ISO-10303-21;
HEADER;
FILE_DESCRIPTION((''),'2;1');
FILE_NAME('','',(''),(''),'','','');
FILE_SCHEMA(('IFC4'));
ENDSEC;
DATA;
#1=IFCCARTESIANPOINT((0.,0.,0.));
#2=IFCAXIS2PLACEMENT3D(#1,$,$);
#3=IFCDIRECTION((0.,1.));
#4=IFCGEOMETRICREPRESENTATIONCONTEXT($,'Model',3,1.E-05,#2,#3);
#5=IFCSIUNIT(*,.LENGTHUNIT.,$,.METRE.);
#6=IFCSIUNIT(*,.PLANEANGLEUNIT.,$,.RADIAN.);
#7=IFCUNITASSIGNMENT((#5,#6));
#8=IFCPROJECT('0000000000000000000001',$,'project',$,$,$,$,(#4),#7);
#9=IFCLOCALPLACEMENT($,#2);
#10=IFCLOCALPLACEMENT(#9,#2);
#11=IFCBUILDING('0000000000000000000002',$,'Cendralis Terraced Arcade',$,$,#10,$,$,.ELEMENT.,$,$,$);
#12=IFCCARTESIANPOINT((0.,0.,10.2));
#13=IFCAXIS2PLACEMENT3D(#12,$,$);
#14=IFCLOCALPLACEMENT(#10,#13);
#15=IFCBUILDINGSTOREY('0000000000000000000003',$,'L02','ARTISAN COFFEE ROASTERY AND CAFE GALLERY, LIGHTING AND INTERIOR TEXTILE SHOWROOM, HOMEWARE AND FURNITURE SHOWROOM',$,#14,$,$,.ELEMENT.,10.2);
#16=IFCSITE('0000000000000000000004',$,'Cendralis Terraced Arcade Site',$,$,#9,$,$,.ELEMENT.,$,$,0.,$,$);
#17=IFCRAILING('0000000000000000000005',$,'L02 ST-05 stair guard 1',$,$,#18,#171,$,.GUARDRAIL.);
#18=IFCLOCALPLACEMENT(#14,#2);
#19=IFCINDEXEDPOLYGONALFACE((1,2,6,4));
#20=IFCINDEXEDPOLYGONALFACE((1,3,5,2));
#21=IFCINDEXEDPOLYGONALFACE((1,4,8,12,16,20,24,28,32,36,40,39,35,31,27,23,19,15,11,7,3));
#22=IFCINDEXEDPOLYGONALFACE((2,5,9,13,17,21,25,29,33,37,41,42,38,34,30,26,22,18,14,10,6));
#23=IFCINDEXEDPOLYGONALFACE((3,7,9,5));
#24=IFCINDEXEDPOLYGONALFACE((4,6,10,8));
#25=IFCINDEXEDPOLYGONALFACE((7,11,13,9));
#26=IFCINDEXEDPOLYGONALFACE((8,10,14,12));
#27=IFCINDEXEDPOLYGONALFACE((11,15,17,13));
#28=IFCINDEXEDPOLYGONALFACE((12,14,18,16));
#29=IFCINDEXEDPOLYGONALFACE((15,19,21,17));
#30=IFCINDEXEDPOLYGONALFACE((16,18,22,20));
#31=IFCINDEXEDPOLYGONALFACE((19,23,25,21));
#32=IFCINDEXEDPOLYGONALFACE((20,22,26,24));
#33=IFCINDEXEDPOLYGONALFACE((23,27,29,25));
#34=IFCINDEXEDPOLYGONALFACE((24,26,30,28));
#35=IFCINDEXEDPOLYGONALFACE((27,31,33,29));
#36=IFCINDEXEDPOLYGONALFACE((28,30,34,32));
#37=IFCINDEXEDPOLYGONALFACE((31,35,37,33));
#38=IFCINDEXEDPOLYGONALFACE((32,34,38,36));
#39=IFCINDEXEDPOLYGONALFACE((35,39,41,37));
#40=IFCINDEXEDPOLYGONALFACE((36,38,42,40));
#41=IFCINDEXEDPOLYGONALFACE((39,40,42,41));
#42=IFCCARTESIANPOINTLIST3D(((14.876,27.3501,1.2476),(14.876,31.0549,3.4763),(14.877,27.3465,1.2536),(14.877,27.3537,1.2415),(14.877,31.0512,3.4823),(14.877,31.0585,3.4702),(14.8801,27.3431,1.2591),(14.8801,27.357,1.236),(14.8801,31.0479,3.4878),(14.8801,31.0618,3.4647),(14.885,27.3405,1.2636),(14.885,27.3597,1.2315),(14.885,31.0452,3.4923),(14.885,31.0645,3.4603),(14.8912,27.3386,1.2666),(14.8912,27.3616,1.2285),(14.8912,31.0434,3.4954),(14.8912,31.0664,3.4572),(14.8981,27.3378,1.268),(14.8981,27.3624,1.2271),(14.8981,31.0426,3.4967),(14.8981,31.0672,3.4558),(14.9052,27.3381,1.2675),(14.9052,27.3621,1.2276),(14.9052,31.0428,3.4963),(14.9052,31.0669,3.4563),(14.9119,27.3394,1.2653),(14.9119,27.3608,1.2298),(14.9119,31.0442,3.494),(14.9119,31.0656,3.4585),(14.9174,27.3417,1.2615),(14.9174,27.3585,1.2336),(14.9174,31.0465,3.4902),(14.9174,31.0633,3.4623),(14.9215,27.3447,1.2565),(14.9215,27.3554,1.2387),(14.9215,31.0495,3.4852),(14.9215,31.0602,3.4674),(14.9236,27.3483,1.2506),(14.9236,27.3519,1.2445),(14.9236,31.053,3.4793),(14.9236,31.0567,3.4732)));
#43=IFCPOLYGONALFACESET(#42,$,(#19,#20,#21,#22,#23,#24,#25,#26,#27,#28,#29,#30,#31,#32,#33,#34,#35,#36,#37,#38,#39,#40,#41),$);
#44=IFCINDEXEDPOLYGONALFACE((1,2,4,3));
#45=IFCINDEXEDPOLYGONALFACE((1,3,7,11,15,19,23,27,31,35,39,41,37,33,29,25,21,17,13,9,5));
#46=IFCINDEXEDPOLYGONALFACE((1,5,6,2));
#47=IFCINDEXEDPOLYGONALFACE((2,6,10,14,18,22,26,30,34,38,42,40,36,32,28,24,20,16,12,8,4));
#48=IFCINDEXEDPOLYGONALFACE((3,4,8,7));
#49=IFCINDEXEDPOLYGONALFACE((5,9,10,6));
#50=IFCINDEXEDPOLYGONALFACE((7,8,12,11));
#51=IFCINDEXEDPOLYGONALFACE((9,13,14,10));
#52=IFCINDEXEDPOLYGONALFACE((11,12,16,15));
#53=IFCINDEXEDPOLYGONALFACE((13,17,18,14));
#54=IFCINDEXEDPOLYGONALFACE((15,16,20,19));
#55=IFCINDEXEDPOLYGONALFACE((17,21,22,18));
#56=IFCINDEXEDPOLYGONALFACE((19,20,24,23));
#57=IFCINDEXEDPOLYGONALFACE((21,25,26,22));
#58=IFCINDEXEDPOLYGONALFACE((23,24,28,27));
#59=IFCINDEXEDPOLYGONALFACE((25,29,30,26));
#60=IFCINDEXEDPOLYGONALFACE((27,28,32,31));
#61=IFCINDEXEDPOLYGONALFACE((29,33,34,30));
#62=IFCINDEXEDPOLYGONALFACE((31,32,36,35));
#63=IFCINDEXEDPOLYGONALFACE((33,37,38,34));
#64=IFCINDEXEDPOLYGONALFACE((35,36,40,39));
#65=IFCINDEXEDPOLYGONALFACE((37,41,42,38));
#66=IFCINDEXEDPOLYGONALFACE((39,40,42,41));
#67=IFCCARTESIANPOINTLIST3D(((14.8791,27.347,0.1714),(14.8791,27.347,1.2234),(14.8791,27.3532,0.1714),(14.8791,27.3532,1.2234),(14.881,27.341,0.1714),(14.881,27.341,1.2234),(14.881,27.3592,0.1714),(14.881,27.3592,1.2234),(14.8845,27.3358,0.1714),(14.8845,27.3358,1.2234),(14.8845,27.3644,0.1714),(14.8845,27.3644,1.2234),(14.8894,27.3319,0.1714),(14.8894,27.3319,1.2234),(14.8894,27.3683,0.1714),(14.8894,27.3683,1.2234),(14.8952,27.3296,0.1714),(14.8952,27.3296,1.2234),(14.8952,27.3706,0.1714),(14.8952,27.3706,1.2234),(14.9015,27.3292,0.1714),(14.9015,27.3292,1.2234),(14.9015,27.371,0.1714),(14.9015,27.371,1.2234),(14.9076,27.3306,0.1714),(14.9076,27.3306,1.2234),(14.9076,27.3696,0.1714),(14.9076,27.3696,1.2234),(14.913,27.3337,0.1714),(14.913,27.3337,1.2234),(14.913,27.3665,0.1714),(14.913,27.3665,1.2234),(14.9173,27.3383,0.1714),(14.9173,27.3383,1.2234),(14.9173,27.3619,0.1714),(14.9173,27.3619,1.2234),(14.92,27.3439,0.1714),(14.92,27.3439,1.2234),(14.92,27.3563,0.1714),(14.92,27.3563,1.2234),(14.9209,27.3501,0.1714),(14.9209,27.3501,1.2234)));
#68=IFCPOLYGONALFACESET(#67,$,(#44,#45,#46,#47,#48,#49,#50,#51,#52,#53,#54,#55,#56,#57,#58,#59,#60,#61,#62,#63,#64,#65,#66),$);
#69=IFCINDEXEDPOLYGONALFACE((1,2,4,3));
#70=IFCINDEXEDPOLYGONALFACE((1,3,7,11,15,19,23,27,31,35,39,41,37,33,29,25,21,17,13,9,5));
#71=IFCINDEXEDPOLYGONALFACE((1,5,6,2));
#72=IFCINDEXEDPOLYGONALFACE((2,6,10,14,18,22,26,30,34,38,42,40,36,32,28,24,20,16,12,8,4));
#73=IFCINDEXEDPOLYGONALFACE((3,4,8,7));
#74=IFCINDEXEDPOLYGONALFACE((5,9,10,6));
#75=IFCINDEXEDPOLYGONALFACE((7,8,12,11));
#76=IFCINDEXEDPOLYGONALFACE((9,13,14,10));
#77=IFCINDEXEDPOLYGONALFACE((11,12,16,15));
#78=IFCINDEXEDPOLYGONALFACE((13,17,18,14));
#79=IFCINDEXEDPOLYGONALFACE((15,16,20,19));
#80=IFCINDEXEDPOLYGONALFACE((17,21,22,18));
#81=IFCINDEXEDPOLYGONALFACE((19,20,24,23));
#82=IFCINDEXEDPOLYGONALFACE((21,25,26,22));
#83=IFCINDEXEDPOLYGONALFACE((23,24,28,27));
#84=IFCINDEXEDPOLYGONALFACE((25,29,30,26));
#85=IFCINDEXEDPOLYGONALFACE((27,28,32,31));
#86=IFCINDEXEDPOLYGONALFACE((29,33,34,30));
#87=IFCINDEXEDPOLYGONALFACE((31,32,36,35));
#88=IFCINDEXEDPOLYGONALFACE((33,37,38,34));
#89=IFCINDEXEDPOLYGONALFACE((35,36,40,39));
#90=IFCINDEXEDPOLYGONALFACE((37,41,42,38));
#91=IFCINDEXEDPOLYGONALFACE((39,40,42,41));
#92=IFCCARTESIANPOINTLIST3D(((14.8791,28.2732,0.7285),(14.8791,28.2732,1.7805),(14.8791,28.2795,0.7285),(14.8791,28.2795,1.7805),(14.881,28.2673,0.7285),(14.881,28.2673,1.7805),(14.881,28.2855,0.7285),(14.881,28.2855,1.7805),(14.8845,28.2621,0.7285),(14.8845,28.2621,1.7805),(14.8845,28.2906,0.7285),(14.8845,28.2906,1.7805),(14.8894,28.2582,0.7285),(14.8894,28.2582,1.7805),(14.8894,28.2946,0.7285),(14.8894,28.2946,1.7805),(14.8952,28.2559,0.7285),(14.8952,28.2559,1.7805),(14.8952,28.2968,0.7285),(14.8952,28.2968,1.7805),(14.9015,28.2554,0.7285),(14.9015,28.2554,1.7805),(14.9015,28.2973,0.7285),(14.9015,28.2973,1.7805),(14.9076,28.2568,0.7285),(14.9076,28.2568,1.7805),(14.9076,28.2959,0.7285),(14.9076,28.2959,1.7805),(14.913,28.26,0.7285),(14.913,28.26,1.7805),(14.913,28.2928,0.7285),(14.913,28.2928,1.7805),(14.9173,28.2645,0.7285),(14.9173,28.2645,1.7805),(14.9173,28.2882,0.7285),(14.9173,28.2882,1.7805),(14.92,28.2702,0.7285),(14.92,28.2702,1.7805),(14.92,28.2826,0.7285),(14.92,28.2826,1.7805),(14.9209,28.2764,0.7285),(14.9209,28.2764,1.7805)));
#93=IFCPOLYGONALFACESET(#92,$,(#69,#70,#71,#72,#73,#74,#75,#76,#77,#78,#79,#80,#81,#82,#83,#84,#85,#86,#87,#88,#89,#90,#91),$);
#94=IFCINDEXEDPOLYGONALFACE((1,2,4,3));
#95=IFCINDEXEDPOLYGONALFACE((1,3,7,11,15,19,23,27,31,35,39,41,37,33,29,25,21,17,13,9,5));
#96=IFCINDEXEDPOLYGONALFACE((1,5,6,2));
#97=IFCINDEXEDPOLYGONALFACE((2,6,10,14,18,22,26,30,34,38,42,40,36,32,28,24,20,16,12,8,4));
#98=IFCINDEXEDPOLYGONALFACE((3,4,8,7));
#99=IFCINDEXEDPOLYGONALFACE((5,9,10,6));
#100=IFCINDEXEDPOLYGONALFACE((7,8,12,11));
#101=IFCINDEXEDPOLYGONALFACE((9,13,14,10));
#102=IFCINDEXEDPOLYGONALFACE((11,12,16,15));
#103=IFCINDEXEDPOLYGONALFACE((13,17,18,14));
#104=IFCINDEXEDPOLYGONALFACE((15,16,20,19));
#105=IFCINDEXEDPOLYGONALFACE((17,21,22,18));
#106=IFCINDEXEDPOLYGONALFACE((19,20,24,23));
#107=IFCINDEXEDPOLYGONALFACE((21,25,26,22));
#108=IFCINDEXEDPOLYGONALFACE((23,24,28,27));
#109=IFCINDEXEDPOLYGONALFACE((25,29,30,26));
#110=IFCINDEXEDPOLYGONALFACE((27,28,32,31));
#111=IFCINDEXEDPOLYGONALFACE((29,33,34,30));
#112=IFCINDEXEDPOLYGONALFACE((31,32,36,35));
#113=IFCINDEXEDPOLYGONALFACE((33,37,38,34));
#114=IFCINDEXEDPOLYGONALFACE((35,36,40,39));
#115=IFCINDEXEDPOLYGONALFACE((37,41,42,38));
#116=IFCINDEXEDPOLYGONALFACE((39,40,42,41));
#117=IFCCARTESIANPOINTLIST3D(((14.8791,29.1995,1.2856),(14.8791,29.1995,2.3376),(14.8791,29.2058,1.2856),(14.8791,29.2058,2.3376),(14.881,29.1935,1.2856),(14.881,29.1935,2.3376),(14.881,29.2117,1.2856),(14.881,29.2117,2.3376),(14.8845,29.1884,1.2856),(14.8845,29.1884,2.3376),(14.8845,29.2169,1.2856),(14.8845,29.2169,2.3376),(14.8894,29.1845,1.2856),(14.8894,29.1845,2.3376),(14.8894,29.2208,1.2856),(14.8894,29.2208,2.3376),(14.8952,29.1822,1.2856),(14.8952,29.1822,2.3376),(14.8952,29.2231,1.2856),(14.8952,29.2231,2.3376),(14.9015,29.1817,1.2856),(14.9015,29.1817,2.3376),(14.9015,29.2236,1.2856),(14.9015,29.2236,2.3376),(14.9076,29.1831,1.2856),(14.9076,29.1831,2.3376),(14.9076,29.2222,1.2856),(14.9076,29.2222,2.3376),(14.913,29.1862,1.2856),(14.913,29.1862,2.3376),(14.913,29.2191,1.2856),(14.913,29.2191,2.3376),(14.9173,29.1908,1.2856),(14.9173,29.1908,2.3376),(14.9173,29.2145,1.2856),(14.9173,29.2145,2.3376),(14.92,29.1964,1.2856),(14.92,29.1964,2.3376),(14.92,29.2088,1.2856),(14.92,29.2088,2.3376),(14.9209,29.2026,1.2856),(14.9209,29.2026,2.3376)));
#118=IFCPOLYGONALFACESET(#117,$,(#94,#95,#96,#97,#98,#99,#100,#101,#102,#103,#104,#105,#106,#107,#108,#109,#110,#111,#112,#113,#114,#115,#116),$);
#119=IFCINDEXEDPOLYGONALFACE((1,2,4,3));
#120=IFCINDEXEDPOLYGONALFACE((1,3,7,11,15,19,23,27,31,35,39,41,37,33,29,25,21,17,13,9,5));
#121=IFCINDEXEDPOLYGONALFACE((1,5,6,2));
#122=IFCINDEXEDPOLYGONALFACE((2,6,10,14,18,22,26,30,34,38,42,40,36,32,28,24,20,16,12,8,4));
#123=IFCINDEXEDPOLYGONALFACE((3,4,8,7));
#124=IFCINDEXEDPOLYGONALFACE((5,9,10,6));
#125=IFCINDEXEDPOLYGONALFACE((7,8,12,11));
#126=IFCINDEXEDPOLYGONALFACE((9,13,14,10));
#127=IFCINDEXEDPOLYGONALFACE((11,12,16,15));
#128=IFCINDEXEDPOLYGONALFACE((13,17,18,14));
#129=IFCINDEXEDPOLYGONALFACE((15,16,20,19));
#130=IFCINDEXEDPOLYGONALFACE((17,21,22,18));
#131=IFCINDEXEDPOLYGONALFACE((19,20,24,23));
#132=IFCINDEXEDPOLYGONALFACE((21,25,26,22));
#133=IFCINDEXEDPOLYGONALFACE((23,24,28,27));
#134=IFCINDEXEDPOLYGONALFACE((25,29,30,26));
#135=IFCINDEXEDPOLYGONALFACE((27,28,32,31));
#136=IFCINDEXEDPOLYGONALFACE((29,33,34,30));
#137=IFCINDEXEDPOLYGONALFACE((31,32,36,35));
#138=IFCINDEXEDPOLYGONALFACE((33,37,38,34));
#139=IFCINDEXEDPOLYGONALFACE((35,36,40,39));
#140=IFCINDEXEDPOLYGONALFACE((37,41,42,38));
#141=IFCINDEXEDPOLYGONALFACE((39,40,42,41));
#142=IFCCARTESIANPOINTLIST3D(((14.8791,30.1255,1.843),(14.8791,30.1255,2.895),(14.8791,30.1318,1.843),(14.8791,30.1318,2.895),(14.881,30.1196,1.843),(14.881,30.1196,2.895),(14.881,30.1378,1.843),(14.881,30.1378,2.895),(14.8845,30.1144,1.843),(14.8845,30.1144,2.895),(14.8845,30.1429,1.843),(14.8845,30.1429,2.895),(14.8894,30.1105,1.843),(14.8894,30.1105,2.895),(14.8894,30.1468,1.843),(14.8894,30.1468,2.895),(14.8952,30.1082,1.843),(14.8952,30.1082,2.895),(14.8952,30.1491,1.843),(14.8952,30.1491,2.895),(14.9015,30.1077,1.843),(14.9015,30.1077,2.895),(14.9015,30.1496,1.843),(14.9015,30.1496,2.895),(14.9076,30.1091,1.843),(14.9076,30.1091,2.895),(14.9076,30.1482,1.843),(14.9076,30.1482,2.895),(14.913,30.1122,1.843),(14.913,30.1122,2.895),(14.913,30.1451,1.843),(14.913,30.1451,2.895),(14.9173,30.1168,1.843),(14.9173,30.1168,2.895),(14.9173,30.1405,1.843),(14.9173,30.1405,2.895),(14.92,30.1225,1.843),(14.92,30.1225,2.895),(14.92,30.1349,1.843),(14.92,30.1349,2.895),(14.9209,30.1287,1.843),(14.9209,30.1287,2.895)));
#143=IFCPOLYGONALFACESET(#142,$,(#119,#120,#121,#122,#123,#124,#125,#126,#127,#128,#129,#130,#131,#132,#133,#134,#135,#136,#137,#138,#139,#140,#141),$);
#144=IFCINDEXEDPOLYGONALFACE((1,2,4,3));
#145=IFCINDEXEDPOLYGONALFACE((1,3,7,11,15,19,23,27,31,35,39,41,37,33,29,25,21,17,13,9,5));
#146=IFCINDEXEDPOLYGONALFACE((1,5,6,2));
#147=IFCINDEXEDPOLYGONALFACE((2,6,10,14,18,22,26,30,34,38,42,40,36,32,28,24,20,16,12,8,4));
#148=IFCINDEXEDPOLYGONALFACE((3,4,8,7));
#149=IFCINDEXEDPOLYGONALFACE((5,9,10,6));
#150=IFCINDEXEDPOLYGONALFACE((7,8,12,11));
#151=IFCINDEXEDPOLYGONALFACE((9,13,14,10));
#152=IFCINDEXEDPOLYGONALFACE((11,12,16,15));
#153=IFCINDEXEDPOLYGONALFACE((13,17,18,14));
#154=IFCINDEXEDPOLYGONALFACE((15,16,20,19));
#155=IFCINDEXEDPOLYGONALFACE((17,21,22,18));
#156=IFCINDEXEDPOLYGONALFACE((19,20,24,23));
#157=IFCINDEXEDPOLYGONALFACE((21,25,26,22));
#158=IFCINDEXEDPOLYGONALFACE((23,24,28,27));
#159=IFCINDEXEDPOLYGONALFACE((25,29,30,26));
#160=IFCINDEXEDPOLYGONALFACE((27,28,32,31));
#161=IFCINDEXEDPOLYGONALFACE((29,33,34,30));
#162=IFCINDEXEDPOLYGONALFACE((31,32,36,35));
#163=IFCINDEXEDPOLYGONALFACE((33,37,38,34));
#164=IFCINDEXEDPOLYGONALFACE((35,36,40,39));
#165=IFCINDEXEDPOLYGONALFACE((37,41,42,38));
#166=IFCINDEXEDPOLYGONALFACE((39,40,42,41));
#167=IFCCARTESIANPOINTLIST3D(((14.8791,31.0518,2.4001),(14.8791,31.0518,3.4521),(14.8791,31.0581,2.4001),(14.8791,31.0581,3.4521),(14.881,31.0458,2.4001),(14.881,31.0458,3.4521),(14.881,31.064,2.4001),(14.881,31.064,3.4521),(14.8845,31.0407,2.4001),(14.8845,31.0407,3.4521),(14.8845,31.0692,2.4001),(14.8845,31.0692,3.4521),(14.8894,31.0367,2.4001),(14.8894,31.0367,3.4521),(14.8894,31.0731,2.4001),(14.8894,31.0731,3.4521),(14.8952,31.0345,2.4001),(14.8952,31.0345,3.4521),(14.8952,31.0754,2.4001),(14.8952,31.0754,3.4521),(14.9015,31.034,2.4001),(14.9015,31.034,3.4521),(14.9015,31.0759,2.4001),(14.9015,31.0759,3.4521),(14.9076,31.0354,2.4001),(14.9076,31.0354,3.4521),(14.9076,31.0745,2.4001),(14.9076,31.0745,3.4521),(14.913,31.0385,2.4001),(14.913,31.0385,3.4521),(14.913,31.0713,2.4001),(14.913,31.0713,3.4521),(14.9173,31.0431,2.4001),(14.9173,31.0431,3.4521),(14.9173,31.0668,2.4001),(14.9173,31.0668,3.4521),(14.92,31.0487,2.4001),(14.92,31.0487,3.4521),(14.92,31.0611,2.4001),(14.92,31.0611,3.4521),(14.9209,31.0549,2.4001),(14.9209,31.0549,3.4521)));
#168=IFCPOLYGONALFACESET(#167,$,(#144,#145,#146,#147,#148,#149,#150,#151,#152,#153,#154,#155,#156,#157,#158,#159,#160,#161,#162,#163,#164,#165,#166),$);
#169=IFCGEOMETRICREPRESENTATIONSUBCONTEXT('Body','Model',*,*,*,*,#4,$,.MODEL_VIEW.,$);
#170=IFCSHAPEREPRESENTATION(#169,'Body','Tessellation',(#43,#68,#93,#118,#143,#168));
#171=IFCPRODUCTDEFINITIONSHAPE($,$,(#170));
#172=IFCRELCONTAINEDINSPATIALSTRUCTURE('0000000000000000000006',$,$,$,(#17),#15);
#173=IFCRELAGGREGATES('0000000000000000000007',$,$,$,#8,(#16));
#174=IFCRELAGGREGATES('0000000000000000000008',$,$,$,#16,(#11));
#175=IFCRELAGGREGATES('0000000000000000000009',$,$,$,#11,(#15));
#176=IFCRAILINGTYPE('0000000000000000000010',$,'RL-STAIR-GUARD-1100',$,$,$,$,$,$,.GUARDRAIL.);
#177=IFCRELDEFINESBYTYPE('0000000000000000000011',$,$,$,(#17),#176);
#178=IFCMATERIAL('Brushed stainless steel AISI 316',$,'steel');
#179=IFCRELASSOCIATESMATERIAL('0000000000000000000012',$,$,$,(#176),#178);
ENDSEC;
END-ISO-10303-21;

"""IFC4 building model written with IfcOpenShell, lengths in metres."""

from ifc_helpers import new_model, si_unit, direction, frame, origin, origin_2d, place, context, subcontext, project, spatial, circle, extrude, material, type_object, element, save


model = new_model("IFC4")

# Units and contexts
model_context = context("Model", 3, precision=1e-05, world=origin(), true_north=direction((0.0, 1.0)))
body_context = subcontext(model_context, "Body", "Model", "MODEL_VIEW")
ifc_project = project(units=[si_unit("LENGTHUNIT", "METRE"), si_unit("PLANEANGLEUNIT", "RADIAN")], contexts=[model_context])

# Site, building, storey
site_placement = place(None, origin())
site = spatial("IfcSite", under=ifc_project, at=site_placement, Name="Cendralis Terraced Arcade Site", CompositionType="ELEMENT", RefElevation=0.0)
building_placement = place(site_placement, origin())
building = spatial("IfcBuilding", under=site, at=building_placement, Name="Cendralis Terraced Arcade", CompositionType="ELEMENT")
storey_placement = place(building_placement, frame((0.0, 0.0, 10.2)))
storey = spatial("IfcBuildingStorey", under=building, at=storey_placement, Name="L02", Description="ARTISAN COFFEE ROASTERY AND CAFE GALLERY, LIGHTING AND INTERIOR TEXTILE SHOWROOM, HOMEWARE AND FURNITURE SHOWROOM", CompositionType="ELEMENT", Elevation=10.2)

# Railing
ifc_material_1 = material(Name="Brushed stainless steel AISI 316", Category="steel")
railing_type_1 = type_object("IfcRailingType", Name="RL-STAIR-GUARD-1100", PredefinedType="GUARDRAIL", material=ifc_material_1)
railing_1_placement = place(storey_placement, frame((14.8999, 27.3501, 0.1714)))
element("IfcRailing", 1, at=railing_1_placement, inside=storey, type_object=railing_type_1, Name="L02 ST-05 stair guard 1", PredefinedType="GUARDRAIL", context=body_context, shape_type="SweptSolid", body=[
    extrude(circle(Radius=0.0239, at=origin_2d()), frame((0.0, 0.0, 1.0762), z_axis=(0.0, 0.856894, 0.515492), x_axis=(-1.0, 0.0, 0.0)), (0.0, 0.0, 1.0), 4.3235),
    extrude(circle(Radius=0.021, at=origin_2d()), origin(), (0.0, 0.0, 1.0), 1.052),
    extrude(circle(Radius=0.021, at=origin_2d()), frame((0.0, 0.9263, 0.5571)), (0.0, 0.0, 1.0), 1.052),
    extrude(circle(Radius=0.021, at=origin_2d()), frame((0.0, 1.8525, 1.1143)), (0.0, 0.0, 1.0), 1.052),
    extrude(circle(Radius=0.021, at=origin_2d()), frame((0.0, 2.7786, 1.6716)), (0.0, 0.0, 1.0), 1.052),
    extrude(circle(Radius=0.021, at=origin_2d()), frame((0.0, 3.7048, 2.2288)), (0.0, 0.0, 1.0), 1.052),
])

save(model, "model.ifc")
